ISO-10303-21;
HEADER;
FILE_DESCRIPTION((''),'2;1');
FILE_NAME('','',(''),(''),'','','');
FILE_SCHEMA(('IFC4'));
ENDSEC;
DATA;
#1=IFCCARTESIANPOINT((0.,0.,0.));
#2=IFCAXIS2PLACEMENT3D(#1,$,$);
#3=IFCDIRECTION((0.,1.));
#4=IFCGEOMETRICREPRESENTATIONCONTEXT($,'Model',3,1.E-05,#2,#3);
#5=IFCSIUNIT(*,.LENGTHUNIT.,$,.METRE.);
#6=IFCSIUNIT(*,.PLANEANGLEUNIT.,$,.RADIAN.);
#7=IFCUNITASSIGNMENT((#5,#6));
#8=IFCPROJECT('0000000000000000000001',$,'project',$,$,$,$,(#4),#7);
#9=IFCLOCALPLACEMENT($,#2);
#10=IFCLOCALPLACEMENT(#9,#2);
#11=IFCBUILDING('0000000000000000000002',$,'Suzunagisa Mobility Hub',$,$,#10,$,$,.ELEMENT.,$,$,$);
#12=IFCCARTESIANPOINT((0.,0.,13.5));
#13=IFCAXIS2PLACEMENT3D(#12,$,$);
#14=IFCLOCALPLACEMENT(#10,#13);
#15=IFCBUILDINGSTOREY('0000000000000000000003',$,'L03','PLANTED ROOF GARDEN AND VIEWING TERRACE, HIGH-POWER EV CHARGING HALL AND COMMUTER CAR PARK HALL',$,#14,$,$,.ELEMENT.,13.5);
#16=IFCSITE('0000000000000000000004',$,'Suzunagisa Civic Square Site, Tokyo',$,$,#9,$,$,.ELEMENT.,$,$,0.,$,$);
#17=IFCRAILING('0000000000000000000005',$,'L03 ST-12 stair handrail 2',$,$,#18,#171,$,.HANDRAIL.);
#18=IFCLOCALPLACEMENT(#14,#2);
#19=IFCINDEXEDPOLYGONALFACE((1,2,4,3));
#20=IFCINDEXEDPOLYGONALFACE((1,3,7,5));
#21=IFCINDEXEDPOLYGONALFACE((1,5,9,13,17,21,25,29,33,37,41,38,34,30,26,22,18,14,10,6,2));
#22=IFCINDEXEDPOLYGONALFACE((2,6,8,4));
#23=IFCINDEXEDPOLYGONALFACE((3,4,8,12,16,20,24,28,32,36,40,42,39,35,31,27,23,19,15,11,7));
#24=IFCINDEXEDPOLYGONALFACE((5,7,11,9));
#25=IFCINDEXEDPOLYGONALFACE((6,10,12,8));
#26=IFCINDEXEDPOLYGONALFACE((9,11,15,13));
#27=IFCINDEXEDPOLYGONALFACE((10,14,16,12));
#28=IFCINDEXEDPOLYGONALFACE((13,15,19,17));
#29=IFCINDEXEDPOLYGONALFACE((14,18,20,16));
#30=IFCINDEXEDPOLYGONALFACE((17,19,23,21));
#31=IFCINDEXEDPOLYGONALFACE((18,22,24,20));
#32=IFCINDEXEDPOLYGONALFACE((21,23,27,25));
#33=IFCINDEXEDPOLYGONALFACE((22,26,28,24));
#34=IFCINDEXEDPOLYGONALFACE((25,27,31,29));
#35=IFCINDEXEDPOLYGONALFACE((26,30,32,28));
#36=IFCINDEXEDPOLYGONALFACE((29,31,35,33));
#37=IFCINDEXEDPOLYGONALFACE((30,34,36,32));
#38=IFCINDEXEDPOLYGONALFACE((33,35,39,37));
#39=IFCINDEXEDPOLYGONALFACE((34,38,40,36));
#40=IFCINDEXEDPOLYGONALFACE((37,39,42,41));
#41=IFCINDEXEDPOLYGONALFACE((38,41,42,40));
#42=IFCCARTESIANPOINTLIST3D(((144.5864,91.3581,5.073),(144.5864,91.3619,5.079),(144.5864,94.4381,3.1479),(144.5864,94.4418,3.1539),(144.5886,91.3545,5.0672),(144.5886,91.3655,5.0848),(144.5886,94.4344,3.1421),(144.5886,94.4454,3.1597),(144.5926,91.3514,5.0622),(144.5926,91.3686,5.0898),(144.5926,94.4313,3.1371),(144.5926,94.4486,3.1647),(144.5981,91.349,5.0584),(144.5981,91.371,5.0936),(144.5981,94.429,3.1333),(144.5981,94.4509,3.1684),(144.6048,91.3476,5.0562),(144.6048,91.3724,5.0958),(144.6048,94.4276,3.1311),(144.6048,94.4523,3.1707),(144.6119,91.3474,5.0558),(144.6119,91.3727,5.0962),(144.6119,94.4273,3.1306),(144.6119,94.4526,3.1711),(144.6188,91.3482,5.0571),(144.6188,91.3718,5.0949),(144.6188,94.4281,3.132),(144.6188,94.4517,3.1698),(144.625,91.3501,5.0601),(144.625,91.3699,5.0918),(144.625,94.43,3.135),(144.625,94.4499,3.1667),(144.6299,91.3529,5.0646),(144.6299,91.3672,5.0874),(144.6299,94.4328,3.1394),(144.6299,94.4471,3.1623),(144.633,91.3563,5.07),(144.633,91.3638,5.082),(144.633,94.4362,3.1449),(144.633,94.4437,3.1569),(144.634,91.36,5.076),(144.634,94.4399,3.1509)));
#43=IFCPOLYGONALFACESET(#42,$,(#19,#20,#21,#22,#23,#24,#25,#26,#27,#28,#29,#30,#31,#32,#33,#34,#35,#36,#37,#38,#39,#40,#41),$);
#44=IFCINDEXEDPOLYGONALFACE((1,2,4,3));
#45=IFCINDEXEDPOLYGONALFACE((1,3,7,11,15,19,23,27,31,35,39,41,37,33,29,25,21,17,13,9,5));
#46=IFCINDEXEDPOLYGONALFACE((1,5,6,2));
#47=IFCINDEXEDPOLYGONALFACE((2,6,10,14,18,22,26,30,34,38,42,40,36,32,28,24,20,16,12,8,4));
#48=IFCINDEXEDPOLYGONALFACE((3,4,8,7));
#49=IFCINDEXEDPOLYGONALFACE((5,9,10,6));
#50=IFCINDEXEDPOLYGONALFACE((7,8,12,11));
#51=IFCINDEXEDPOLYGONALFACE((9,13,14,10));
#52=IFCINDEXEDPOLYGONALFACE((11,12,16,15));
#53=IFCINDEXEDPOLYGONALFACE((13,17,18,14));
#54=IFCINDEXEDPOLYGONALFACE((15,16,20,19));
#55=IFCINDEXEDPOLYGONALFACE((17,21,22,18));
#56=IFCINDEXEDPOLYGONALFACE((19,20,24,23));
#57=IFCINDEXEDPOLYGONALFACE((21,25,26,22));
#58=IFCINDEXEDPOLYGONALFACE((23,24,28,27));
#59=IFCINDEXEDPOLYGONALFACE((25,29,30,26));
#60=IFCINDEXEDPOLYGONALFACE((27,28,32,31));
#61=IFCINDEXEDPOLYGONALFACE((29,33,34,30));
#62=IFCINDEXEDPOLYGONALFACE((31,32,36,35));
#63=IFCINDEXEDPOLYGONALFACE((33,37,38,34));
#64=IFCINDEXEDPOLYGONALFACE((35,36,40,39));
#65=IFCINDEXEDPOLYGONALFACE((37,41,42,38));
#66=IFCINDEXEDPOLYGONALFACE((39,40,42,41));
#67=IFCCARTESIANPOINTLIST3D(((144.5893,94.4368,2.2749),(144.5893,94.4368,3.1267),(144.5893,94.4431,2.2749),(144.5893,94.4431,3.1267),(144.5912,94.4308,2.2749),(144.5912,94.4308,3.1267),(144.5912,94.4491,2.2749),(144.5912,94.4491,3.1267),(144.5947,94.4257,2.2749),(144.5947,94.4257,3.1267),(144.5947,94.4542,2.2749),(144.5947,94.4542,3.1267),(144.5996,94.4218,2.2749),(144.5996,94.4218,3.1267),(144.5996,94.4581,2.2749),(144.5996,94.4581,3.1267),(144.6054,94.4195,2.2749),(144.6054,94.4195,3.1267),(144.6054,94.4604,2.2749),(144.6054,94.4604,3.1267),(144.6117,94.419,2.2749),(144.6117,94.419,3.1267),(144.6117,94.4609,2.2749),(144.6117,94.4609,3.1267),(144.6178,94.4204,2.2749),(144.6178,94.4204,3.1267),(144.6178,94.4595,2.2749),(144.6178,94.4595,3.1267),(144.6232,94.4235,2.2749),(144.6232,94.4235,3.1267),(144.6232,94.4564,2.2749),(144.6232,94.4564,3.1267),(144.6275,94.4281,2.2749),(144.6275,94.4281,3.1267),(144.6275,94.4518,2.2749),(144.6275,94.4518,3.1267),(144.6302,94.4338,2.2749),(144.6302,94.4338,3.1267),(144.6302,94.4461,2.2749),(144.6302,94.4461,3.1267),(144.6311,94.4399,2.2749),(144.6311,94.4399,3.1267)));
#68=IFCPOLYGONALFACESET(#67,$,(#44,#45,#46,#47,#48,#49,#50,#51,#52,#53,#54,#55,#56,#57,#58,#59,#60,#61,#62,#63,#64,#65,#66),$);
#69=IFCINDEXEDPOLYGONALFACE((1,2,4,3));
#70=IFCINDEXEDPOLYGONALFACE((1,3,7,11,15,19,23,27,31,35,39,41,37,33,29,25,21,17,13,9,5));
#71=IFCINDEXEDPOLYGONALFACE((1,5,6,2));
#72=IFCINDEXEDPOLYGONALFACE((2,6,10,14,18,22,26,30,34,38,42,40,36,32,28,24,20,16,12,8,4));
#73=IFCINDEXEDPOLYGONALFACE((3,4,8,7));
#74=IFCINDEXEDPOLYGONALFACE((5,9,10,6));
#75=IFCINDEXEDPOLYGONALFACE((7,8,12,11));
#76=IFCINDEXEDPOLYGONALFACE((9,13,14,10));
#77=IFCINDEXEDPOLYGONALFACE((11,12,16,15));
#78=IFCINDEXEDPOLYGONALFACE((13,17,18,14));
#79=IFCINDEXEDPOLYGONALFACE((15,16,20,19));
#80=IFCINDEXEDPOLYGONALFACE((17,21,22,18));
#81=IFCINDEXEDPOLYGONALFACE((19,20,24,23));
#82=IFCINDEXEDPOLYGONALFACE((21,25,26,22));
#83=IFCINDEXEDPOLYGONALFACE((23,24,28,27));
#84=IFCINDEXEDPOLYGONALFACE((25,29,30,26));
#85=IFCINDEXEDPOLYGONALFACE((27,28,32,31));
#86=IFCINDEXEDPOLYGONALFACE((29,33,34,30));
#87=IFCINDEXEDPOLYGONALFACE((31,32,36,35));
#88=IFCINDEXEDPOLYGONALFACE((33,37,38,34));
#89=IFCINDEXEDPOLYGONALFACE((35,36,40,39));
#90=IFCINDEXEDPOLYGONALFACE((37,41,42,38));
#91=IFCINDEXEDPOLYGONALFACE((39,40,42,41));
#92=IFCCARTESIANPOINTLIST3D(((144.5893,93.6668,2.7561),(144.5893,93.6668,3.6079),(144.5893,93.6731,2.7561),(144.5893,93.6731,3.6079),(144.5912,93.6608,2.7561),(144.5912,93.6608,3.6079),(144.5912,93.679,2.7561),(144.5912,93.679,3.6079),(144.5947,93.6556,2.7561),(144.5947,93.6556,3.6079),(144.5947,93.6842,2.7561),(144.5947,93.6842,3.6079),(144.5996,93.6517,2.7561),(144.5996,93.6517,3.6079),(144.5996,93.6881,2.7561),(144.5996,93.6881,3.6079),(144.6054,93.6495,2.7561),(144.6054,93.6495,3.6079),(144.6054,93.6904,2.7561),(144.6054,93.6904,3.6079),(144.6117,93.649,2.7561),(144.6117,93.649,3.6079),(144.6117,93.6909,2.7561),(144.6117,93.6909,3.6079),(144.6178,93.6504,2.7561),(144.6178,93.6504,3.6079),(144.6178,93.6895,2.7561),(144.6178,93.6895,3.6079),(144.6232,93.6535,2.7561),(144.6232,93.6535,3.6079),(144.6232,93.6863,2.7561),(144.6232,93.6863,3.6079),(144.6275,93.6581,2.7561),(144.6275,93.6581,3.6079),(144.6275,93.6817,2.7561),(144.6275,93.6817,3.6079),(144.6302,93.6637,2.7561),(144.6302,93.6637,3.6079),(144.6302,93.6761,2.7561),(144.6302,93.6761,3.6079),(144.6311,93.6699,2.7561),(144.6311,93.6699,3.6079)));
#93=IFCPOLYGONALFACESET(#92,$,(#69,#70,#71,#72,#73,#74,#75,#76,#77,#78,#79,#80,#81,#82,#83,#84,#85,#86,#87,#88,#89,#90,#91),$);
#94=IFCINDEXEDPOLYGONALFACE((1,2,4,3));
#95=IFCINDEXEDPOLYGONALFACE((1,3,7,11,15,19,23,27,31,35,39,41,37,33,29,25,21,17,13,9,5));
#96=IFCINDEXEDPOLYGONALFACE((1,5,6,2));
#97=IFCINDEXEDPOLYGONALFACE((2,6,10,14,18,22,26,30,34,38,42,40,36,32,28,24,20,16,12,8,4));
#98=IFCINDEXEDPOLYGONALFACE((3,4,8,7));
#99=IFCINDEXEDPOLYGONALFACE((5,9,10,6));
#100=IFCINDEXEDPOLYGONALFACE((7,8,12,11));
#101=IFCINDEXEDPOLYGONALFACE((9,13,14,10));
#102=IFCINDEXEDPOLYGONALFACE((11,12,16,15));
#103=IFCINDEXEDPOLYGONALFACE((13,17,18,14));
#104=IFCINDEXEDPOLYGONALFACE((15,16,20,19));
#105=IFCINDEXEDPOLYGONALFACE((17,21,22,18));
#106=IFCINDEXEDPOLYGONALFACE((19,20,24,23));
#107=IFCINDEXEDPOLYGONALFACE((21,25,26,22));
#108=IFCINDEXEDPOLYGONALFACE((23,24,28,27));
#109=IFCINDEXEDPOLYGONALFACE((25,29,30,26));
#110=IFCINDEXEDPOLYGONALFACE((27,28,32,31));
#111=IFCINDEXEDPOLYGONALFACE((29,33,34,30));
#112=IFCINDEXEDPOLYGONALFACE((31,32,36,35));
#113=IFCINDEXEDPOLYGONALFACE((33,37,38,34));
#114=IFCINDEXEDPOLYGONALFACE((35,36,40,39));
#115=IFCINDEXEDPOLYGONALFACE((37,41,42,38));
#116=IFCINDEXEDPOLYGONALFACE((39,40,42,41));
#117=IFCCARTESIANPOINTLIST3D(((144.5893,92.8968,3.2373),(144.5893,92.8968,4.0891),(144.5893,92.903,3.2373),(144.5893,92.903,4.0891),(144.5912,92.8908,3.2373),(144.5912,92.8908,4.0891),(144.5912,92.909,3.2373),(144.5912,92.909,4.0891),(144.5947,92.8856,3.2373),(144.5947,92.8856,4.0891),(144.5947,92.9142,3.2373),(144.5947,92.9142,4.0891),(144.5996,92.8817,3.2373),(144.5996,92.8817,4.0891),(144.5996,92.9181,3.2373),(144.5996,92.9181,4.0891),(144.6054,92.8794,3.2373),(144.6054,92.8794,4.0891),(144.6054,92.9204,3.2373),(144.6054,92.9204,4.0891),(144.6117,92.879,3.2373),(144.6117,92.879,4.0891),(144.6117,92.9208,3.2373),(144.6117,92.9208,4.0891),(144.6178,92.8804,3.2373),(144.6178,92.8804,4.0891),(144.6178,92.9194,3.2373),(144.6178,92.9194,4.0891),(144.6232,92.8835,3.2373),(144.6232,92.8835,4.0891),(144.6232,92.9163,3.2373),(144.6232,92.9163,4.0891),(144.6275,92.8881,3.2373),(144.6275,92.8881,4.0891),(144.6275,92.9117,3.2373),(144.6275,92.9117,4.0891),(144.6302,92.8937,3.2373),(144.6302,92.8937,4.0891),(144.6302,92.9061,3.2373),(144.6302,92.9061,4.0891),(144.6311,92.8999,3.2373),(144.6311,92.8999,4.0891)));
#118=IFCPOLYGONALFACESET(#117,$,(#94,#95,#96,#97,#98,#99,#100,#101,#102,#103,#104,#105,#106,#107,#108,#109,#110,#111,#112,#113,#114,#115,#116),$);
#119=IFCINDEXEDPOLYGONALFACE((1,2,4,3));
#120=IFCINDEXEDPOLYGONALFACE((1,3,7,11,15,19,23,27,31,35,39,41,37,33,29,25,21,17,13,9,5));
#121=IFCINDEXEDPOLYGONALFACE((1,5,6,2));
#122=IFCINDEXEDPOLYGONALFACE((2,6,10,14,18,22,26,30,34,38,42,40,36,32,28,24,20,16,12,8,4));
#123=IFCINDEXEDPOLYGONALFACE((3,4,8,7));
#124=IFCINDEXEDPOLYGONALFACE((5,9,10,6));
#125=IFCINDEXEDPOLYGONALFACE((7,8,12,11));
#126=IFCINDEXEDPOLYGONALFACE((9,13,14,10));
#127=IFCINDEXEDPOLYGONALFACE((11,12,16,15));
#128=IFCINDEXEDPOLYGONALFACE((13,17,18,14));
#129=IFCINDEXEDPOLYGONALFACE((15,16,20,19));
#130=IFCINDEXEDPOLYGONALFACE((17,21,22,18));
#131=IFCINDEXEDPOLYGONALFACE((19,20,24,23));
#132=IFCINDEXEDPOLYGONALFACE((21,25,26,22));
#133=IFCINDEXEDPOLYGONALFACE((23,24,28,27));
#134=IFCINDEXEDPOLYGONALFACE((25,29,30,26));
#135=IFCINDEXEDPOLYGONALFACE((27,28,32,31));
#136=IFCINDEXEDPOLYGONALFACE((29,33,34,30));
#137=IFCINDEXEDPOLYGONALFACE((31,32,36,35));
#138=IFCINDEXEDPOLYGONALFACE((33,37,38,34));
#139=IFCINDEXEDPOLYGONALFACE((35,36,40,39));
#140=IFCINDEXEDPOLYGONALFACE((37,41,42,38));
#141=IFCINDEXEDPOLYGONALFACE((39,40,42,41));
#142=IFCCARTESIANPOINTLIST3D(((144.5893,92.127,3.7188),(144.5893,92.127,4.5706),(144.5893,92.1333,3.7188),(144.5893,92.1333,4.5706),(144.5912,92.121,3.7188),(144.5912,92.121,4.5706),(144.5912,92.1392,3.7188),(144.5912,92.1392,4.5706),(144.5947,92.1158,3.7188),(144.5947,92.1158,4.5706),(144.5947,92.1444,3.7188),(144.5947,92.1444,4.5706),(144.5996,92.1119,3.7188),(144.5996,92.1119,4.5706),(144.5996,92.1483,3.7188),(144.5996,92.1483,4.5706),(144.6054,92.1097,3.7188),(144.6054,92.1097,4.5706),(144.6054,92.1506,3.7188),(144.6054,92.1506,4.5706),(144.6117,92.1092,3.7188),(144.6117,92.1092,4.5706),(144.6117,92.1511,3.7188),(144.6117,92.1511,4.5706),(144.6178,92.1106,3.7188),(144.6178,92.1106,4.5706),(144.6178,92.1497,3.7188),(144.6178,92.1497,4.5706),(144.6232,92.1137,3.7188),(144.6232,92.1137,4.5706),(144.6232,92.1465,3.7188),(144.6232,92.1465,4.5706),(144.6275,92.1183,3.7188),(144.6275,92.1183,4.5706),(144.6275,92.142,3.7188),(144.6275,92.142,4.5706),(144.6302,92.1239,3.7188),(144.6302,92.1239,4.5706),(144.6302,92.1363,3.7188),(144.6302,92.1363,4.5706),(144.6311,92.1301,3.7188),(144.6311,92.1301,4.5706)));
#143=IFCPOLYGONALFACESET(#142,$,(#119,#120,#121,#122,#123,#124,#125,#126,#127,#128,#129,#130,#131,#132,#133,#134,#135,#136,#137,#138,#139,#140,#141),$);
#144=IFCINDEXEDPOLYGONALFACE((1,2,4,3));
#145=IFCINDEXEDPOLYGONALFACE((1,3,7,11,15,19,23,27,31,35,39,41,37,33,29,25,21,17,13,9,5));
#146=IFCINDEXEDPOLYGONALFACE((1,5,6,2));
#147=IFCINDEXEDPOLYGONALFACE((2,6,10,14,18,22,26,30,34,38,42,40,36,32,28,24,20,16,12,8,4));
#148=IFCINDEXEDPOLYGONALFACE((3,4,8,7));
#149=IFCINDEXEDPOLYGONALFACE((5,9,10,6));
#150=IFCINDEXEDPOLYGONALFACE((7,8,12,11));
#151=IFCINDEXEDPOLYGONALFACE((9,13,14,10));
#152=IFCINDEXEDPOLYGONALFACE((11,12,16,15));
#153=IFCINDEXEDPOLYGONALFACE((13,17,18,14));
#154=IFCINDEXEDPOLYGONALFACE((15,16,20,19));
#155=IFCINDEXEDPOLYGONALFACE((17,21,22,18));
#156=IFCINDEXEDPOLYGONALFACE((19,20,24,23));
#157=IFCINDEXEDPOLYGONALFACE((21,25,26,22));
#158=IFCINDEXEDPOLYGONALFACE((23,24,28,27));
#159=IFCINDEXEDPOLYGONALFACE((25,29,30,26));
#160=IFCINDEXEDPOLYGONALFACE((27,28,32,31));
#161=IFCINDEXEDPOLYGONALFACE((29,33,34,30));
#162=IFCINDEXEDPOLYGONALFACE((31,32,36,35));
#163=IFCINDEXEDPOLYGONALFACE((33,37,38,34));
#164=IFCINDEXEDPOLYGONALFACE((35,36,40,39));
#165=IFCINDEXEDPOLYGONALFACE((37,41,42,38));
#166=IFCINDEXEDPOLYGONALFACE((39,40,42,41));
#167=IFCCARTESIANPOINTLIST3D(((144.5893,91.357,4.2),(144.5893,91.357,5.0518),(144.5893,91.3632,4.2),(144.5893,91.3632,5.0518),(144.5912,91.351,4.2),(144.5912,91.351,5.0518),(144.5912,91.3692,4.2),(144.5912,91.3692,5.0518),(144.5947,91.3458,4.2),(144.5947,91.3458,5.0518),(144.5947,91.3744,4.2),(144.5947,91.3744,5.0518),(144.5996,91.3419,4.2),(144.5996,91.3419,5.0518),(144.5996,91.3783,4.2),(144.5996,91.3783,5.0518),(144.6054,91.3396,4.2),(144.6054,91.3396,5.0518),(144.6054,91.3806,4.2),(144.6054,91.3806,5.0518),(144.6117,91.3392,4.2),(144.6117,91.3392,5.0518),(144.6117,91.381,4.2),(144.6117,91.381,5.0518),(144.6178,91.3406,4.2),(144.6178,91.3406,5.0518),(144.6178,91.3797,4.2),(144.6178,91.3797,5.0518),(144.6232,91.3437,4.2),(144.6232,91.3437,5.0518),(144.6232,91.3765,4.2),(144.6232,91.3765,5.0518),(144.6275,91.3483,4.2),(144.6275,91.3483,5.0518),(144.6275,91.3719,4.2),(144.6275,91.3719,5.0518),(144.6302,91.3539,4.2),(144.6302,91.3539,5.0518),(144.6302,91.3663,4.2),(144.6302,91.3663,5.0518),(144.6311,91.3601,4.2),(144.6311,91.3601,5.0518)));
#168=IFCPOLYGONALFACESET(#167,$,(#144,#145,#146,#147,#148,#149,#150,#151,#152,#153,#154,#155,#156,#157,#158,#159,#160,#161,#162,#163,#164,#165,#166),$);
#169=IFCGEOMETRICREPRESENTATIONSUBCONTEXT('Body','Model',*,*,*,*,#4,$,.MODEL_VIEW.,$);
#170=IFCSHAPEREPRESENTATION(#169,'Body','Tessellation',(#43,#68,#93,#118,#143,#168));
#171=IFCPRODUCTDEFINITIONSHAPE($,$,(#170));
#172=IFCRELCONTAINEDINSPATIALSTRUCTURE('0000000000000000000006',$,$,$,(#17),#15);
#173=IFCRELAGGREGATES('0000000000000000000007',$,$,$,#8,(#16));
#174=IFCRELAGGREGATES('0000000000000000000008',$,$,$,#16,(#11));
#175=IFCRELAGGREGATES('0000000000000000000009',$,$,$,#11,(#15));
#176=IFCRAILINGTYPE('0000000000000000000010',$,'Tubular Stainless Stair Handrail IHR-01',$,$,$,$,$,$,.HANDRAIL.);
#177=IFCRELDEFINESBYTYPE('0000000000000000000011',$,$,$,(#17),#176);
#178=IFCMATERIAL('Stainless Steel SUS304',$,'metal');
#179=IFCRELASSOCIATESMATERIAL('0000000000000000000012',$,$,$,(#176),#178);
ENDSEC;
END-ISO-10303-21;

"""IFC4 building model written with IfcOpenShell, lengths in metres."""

from ifc_helpers import new_model, si_unit, direction, frame, origin, origin_2d, place, context, subcontext, project, spatial, circle, extrude, material, type_object, element, save


model = new_model("IFC4")

# Units and contexts
model_context = context("Model", 3, precision=1e-05, world=origin(), true_north=direction((0.0, 1.0)))
body_context = subcontext(model_context, "Body", "Model", "MODEL_VIEW")
ifc_project = project(units=[si_unit("LENGTHUNIT", "METRE"), si_unit("PLANEANGLEUNIT", "RADIAN")], contexts=[model_context])

# Site, building, storey
site_placement = place(None, origin())
site = spatial("IfcSite", under=ifc_project, at=site_placement, Name="Suzunagisa Civic Square Site, Tokyo", CompositionType="ELEMENT", RefElevation=0.0)
building_placement = place(site_placement, origin())
building = spatial("IfcBuilding", under=site, at=building_placement, Name="Suzunagisa Mobility Hub", CompositionType="ELEMENT")
storey_placement = place(building_placement, frame((0.0, 0.0, 13.5)))
storey = spatial("IfcBuildingStorey", under=building, at=storey_placement, Name="L03", Description="PLANTED ROOF GARDEN AND VIEWING TERRACE, HIGH-POWER EV CHARGING HALL AND COMMUTER CAR PARK HALL", CompositionType="ELEMENT", Elevation=13.5)

# Railing
ifc_material_1 = material(Name="Stainless Steel SUS304", Category="metal")
railing_type_1 = type_object("IfcRailingType", Name="Tubular Stainless Stair Handrail IHR-01", PredefinedType="HANDRAIL", material=ifc_material_1)
railing_1_placement = place(storey_placement, frame((144.6101, 94.4399, 2.2749)))
element("IfcRailing", 1, at=railing_1_placement, inside=storey, type_object=railing_type_1, Name="L03 ST-12 stair handrail 2", PredefinedType="HANDRAIL", context=body_context, shape_type="SweptSolid", body=[
    extrude(circle(Radius=0.0239, at=origin_2d()), frame((0.0, 0.0, 0.876), z_axis=(0.0, -0.847979, 0.530029), x_axis=(1.0, 0.0, 0.0)), (0.0, 0.0, 1.0), 3.6321),
    extrude(circle(Radius=0.021, at=origin_2d()), origin(), (0.0, 0.0, 1.0), 0.8518),
    extrude(circle(Radius=0.021, at=origin_2d()), frame((0.0, -0.77, 0.4812)), (0.0, 0.0, 1.0), 0.8518),
    extrude(circle(Radius=0.021, at=origin_2d()), frame((0.0, -1.54, 0.9624)), (0.0, 0.0, 1.0), 0.8518),
    extrude(circle(Radius=0.021, at=origin_2d()), frame((0.0, -2.3098, 1.4438)), (0.0, 0.0, 1.0), 0.8518),
    extrude(circle(Radius=0.021, at=origin_2d()), frame((0.0, -3.0798, 1.925)), (0.0, 0.0, 1.0), 0.8518),
])

save(model, "model.ifc")
